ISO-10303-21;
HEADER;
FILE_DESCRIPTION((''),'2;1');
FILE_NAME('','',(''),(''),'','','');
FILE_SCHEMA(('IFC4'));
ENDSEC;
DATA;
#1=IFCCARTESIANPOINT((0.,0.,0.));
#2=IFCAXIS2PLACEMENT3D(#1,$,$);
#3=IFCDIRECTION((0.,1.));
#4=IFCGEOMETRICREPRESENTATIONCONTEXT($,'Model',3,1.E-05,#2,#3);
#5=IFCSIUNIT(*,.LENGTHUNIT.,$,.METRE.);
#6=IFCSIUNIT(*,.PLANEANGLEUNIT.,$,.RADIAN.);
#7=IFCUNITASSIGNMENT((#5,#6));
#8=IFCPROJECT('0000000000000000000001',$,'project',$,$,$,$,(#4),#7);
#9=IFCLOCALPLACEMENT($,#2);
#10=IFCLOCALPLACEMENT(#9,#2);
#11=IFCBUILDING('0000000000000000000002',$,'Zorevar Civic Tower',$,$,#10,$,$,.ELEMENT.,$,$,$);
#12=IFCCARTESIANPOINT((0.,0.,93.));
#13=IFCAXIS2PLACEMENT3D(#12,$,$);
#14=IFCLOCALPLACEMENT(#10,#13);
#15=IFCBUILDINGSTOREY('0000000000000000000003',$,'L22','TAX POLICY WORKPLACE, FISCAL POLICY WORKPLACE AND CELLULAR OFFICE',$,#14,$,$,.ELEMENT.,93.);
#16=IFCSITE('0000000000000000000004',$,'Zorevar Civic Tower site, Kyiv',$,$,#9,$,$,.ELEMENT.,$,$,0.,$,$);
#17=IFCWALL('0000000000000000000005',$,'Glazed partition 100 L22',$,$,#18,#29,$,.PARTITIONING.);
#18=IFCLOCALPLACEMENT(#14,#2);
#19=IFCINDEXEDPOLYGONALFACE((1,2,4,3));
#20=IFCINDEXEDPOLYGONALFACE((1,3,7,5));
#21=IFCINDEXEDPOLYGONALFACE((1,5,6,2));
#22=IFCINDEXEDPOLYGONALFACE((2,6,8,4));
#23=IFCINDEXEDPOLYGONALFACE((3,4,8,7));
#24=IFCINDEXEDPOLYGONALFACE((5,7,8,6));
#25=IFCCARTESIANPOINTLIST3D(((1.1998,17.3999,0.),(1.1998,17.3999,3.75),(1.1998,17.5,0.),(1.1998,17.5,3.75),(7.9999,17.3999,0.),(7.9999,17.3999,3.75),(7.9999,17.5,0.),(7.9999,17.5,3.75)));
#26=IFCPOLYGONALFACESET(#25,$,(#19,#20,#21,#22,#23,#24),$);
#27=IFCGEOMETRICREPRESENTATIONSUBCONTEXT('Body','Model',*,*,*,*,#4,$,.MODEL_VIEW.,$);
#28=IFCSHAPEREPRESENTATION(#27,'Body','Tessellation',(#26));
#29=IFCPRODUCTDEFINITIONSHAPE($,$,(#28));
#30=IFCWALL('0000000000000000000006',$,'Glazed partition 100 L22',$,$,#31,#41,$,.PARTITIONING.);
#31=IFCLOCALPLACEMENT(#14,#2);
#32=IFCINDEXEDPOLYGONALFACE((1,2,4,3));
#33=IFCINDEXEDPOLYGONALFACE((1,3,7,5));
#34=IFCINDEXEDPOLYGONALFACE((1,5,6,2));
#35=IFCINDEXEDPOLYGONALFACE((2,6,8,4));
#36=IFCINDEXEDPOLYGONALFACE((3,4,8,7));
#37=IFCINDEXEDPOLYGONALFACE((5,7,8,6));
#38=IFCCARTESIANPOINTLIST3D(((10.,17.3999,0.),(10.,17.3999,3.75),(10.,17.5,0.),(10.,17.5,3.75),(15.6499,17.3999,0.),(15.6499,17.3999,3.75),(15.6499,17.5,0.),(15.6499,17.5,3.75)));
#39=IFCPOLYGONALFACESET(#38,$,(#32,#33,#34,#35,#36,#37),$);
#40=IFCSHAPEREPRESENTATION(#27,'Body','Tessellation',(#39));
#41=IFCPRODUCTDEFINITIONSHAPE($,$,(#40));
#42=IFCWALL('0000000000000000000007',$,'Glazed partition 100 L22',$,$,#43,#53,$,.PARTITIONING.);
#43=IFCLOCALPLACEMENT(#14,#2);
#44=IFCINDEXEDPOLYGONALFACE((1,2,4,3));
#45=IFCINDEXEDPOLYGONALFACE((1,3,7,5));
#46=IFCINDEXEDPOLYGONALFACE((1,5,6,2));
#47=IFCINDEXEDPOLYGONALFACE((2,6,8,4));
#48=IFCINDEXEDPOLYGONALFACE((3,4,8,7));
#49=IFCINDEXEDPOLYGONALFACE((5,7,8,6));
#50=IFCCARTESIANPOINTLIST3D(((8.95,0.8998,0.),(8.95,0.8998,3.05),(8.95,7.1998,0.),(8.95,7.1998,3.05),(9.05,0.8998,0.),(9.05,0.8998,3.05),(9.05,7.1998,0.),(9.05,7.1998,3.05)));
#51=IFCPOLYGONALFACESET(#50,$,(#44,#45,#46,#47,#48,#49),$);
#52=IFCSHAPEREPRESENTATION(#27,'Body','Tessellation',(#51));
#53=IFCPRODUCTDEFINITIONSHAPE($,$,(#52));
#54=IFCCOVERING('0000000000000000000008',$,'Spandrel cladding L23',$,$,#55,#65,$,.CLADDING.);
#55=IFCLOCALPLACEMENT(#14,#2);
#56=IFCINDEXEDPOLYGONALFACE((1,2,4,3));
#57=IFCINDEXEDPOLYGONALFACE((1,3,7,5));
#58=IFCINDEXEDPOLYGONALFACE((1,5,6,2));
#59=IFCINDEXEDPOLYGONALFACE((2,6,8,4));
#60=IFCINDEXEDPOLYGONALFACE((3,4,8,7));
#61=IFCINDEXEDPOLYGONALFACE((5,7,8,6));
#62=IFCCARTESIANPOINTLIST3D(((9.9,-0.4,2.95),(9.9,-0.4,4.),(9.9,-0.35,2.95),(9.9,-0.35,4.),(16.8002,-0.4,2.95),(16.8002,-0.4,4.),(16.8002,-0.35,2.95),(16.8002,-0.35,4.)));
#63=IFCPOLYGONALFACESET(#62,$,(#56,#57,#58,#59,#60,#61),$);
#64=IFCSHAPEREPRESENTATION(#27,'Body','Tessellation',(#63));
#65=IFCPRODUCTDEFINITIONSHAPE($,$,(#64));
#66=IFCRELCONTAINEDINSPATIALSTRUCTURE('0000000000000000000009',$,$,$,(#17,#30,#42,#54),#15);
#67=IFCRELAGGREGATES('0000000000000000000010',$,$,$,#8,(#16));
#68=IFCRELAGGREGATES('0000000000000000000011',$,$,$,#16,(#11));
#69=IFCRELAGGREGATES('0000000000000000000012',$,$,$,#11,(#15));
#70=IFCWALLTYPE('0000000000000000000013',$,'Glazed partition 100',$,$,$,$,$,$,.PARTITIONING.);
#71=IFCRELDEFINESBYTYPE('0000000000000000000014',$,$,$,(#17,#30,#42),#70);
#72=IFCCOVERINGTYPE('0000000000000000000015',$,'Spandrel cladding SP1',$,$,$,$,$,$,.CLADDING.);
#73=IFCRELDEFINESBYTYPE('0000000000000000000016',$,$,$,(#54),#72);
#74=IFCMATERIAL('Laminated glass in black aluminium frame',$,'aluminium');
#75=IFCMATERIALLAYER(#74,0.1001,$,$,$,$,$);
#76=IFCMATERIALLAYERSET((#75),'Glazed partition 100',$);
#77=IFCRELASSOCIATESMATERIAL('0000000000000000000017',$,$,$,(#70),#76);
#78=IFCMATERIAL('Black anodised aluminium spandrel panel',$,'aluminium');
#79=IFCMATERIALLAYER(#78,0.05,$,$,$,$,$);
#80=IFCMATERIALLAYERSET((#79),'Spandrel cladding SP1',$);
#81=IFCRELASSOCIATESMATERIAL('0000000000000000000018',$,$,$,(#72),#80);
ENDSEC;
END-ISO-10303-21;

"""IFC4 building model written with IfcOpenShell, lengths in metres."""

from ifc_helpers import new_model, si_unit, direction, frame, frame_2d, origin, place, context, subcontext, project, spatial, rectangle, extrude, material, layer, layer_set, type_object, element, save


model = new_model("IFC4")

# Units and contexts
model_context = context("Model", 3, precision=1e-05, world=origin(), true_north=direction((0.0, 1.0)))
body_context = subcontext(model_context, "Body", "Model", "MODEL_VIEW")
ifc_project = project(units=[si_unit("LENGTHUNIT", "METRE"), si_unit("PLANEANGLEUNIT", "RADIAN")], contexts=[model_context])

# Site, building, storey
site_placement = place(None, origin())
site = spatial("IfcSite", under=ifc_project, at=site_placement, Name="Zorevar Civic Tower site, Kyiv", CompositionType="ELEMENT", RefElevation=0.0)
building_placement = place(site_placement, origin())
building = spatial("IfcBuilding", under=site, at=building_placement, Name="Zorevar Civic Tower", CompositionType="ELEMENT")
storey_placement = place(building_placement, frame((0.0, 0.0, 93.0)))
storey = spatial("IfcBuildingStorey", under=building, at=storey_placement, Name="L22", Description="TAX POLICY WORKPLACE, FISCAL POLICY WORKPLACE AND CELLULAR OFFICE", CompositionType="ELEMENT", Elevation=93.0)

# Shared definitions
ifc_material_1 = material(Name="Laminated glass in black aluminium frame", Category="aluminium")
ifc_layer_1 = layer(ifc_material_1, 0.1001)
ifc_layer_set_1 = layer_set([ifc_layer_1], Name="Glazed partition 100")
wall_type = type_object("IfcWallType", Name="Glazed partition 100", PredefinedType="PARTITIONING", material=ifc_layer_set_1)

# Walls
wall_1_placement = place(storey_placement, frame((1.2, 17.45, 0.0), z_axis=(0.0, 0.0, 1.0), x_axis=(1.0, 0.0, 0.0)))
element("IfcWall", 1, at=wall_1_placement, inside=storey, type_object=wall_type, Name="Glazed partition 100 L22", PredefinedType="PARTITIONING", context=body_context, shape_type="SweptSolid", body=[
    extrude(rectangle(XDim=6.8, YDim=0.1001, at=frame_2d((3.3999, 0.0))), origin(), (0.0, 0.0, 1.0), 3.75),
])
wall_2_placement = place(storey_placement, frame((10.0, 17.45, 0.0), z_axis=(0.0, 0.0, 1.0), x_axis=(1.0, 0.0, 0.0)))
element("IfcWall", 2, at=wall_2_placement, inside=storey, type_object=wall_type, Name="Glazed partition 100 L22", PredefinedType="PARTITIONING", context=body_context, shape_type="SweptSolid", body=[
    extrude(rectangle(XDim=5.6499, YDim=0.1001, at=frame_2d((2.825, 0.0))), origin(), (0.0, 0.0, 1.0), 3.75),
])
wall_3_placement = place(storey_placement, frame((9.0, 0.8999, 0.0), z_axis=(0.0, 0.0, 1.0), x_axis=(0.0, 1.0, 0.0)))
element("IfcWall", 3, at=wall_3_placement, inside=storey, type_object=wall_type, Name="Glazed partition 100 L22", PredefinedType="PARTITIONING", context=body_context, shape_type="SweptSolid", body=[
    extrude(rectangle(XDim=6.3, YDim=0.1001, at=frame_2d((3.1499, 0.0))), origin(), (0.0, 0.0, 1.0), 3.05),
])

# Covering
ifc_material_2 = material(Name="Black anodised aluminium spandrel panel", Category="aluminium")
ifc_layer_2 = layer(ifc_material_2, 0.05)
ifc_layer_set_2 = layer_set([ifc_layer_2], Name="Spandrel cladding SP1")
covering_type = type_object("IfcCoveringType", Name="Spandrel cladding SP1", PredefinedType="CLADDING", material=ifc_layer_set_2)
covering_placement = place(storey_placement, frame((9.8999, -0.375, 2.95), z_axis=(0.0, 0.0, 1.0), x_axis=(1.0, 0.0, 0.0)))
element("IfcCovering", 4, at=covering_placement, inside=storey, type_object=covering_type, Name="Spandrel cladding L23", PredefinedType="CLADDING", context=body_context, shape_type="SweptSolid", body=[
    extrude(rectangle(XDim=6.9001, YDim=0.05, at=frame_2d((3.4502, 0.0))), origin(), (0.0, 0.0, 1.0), 1.05),
])

save(model, "model.ifc")
